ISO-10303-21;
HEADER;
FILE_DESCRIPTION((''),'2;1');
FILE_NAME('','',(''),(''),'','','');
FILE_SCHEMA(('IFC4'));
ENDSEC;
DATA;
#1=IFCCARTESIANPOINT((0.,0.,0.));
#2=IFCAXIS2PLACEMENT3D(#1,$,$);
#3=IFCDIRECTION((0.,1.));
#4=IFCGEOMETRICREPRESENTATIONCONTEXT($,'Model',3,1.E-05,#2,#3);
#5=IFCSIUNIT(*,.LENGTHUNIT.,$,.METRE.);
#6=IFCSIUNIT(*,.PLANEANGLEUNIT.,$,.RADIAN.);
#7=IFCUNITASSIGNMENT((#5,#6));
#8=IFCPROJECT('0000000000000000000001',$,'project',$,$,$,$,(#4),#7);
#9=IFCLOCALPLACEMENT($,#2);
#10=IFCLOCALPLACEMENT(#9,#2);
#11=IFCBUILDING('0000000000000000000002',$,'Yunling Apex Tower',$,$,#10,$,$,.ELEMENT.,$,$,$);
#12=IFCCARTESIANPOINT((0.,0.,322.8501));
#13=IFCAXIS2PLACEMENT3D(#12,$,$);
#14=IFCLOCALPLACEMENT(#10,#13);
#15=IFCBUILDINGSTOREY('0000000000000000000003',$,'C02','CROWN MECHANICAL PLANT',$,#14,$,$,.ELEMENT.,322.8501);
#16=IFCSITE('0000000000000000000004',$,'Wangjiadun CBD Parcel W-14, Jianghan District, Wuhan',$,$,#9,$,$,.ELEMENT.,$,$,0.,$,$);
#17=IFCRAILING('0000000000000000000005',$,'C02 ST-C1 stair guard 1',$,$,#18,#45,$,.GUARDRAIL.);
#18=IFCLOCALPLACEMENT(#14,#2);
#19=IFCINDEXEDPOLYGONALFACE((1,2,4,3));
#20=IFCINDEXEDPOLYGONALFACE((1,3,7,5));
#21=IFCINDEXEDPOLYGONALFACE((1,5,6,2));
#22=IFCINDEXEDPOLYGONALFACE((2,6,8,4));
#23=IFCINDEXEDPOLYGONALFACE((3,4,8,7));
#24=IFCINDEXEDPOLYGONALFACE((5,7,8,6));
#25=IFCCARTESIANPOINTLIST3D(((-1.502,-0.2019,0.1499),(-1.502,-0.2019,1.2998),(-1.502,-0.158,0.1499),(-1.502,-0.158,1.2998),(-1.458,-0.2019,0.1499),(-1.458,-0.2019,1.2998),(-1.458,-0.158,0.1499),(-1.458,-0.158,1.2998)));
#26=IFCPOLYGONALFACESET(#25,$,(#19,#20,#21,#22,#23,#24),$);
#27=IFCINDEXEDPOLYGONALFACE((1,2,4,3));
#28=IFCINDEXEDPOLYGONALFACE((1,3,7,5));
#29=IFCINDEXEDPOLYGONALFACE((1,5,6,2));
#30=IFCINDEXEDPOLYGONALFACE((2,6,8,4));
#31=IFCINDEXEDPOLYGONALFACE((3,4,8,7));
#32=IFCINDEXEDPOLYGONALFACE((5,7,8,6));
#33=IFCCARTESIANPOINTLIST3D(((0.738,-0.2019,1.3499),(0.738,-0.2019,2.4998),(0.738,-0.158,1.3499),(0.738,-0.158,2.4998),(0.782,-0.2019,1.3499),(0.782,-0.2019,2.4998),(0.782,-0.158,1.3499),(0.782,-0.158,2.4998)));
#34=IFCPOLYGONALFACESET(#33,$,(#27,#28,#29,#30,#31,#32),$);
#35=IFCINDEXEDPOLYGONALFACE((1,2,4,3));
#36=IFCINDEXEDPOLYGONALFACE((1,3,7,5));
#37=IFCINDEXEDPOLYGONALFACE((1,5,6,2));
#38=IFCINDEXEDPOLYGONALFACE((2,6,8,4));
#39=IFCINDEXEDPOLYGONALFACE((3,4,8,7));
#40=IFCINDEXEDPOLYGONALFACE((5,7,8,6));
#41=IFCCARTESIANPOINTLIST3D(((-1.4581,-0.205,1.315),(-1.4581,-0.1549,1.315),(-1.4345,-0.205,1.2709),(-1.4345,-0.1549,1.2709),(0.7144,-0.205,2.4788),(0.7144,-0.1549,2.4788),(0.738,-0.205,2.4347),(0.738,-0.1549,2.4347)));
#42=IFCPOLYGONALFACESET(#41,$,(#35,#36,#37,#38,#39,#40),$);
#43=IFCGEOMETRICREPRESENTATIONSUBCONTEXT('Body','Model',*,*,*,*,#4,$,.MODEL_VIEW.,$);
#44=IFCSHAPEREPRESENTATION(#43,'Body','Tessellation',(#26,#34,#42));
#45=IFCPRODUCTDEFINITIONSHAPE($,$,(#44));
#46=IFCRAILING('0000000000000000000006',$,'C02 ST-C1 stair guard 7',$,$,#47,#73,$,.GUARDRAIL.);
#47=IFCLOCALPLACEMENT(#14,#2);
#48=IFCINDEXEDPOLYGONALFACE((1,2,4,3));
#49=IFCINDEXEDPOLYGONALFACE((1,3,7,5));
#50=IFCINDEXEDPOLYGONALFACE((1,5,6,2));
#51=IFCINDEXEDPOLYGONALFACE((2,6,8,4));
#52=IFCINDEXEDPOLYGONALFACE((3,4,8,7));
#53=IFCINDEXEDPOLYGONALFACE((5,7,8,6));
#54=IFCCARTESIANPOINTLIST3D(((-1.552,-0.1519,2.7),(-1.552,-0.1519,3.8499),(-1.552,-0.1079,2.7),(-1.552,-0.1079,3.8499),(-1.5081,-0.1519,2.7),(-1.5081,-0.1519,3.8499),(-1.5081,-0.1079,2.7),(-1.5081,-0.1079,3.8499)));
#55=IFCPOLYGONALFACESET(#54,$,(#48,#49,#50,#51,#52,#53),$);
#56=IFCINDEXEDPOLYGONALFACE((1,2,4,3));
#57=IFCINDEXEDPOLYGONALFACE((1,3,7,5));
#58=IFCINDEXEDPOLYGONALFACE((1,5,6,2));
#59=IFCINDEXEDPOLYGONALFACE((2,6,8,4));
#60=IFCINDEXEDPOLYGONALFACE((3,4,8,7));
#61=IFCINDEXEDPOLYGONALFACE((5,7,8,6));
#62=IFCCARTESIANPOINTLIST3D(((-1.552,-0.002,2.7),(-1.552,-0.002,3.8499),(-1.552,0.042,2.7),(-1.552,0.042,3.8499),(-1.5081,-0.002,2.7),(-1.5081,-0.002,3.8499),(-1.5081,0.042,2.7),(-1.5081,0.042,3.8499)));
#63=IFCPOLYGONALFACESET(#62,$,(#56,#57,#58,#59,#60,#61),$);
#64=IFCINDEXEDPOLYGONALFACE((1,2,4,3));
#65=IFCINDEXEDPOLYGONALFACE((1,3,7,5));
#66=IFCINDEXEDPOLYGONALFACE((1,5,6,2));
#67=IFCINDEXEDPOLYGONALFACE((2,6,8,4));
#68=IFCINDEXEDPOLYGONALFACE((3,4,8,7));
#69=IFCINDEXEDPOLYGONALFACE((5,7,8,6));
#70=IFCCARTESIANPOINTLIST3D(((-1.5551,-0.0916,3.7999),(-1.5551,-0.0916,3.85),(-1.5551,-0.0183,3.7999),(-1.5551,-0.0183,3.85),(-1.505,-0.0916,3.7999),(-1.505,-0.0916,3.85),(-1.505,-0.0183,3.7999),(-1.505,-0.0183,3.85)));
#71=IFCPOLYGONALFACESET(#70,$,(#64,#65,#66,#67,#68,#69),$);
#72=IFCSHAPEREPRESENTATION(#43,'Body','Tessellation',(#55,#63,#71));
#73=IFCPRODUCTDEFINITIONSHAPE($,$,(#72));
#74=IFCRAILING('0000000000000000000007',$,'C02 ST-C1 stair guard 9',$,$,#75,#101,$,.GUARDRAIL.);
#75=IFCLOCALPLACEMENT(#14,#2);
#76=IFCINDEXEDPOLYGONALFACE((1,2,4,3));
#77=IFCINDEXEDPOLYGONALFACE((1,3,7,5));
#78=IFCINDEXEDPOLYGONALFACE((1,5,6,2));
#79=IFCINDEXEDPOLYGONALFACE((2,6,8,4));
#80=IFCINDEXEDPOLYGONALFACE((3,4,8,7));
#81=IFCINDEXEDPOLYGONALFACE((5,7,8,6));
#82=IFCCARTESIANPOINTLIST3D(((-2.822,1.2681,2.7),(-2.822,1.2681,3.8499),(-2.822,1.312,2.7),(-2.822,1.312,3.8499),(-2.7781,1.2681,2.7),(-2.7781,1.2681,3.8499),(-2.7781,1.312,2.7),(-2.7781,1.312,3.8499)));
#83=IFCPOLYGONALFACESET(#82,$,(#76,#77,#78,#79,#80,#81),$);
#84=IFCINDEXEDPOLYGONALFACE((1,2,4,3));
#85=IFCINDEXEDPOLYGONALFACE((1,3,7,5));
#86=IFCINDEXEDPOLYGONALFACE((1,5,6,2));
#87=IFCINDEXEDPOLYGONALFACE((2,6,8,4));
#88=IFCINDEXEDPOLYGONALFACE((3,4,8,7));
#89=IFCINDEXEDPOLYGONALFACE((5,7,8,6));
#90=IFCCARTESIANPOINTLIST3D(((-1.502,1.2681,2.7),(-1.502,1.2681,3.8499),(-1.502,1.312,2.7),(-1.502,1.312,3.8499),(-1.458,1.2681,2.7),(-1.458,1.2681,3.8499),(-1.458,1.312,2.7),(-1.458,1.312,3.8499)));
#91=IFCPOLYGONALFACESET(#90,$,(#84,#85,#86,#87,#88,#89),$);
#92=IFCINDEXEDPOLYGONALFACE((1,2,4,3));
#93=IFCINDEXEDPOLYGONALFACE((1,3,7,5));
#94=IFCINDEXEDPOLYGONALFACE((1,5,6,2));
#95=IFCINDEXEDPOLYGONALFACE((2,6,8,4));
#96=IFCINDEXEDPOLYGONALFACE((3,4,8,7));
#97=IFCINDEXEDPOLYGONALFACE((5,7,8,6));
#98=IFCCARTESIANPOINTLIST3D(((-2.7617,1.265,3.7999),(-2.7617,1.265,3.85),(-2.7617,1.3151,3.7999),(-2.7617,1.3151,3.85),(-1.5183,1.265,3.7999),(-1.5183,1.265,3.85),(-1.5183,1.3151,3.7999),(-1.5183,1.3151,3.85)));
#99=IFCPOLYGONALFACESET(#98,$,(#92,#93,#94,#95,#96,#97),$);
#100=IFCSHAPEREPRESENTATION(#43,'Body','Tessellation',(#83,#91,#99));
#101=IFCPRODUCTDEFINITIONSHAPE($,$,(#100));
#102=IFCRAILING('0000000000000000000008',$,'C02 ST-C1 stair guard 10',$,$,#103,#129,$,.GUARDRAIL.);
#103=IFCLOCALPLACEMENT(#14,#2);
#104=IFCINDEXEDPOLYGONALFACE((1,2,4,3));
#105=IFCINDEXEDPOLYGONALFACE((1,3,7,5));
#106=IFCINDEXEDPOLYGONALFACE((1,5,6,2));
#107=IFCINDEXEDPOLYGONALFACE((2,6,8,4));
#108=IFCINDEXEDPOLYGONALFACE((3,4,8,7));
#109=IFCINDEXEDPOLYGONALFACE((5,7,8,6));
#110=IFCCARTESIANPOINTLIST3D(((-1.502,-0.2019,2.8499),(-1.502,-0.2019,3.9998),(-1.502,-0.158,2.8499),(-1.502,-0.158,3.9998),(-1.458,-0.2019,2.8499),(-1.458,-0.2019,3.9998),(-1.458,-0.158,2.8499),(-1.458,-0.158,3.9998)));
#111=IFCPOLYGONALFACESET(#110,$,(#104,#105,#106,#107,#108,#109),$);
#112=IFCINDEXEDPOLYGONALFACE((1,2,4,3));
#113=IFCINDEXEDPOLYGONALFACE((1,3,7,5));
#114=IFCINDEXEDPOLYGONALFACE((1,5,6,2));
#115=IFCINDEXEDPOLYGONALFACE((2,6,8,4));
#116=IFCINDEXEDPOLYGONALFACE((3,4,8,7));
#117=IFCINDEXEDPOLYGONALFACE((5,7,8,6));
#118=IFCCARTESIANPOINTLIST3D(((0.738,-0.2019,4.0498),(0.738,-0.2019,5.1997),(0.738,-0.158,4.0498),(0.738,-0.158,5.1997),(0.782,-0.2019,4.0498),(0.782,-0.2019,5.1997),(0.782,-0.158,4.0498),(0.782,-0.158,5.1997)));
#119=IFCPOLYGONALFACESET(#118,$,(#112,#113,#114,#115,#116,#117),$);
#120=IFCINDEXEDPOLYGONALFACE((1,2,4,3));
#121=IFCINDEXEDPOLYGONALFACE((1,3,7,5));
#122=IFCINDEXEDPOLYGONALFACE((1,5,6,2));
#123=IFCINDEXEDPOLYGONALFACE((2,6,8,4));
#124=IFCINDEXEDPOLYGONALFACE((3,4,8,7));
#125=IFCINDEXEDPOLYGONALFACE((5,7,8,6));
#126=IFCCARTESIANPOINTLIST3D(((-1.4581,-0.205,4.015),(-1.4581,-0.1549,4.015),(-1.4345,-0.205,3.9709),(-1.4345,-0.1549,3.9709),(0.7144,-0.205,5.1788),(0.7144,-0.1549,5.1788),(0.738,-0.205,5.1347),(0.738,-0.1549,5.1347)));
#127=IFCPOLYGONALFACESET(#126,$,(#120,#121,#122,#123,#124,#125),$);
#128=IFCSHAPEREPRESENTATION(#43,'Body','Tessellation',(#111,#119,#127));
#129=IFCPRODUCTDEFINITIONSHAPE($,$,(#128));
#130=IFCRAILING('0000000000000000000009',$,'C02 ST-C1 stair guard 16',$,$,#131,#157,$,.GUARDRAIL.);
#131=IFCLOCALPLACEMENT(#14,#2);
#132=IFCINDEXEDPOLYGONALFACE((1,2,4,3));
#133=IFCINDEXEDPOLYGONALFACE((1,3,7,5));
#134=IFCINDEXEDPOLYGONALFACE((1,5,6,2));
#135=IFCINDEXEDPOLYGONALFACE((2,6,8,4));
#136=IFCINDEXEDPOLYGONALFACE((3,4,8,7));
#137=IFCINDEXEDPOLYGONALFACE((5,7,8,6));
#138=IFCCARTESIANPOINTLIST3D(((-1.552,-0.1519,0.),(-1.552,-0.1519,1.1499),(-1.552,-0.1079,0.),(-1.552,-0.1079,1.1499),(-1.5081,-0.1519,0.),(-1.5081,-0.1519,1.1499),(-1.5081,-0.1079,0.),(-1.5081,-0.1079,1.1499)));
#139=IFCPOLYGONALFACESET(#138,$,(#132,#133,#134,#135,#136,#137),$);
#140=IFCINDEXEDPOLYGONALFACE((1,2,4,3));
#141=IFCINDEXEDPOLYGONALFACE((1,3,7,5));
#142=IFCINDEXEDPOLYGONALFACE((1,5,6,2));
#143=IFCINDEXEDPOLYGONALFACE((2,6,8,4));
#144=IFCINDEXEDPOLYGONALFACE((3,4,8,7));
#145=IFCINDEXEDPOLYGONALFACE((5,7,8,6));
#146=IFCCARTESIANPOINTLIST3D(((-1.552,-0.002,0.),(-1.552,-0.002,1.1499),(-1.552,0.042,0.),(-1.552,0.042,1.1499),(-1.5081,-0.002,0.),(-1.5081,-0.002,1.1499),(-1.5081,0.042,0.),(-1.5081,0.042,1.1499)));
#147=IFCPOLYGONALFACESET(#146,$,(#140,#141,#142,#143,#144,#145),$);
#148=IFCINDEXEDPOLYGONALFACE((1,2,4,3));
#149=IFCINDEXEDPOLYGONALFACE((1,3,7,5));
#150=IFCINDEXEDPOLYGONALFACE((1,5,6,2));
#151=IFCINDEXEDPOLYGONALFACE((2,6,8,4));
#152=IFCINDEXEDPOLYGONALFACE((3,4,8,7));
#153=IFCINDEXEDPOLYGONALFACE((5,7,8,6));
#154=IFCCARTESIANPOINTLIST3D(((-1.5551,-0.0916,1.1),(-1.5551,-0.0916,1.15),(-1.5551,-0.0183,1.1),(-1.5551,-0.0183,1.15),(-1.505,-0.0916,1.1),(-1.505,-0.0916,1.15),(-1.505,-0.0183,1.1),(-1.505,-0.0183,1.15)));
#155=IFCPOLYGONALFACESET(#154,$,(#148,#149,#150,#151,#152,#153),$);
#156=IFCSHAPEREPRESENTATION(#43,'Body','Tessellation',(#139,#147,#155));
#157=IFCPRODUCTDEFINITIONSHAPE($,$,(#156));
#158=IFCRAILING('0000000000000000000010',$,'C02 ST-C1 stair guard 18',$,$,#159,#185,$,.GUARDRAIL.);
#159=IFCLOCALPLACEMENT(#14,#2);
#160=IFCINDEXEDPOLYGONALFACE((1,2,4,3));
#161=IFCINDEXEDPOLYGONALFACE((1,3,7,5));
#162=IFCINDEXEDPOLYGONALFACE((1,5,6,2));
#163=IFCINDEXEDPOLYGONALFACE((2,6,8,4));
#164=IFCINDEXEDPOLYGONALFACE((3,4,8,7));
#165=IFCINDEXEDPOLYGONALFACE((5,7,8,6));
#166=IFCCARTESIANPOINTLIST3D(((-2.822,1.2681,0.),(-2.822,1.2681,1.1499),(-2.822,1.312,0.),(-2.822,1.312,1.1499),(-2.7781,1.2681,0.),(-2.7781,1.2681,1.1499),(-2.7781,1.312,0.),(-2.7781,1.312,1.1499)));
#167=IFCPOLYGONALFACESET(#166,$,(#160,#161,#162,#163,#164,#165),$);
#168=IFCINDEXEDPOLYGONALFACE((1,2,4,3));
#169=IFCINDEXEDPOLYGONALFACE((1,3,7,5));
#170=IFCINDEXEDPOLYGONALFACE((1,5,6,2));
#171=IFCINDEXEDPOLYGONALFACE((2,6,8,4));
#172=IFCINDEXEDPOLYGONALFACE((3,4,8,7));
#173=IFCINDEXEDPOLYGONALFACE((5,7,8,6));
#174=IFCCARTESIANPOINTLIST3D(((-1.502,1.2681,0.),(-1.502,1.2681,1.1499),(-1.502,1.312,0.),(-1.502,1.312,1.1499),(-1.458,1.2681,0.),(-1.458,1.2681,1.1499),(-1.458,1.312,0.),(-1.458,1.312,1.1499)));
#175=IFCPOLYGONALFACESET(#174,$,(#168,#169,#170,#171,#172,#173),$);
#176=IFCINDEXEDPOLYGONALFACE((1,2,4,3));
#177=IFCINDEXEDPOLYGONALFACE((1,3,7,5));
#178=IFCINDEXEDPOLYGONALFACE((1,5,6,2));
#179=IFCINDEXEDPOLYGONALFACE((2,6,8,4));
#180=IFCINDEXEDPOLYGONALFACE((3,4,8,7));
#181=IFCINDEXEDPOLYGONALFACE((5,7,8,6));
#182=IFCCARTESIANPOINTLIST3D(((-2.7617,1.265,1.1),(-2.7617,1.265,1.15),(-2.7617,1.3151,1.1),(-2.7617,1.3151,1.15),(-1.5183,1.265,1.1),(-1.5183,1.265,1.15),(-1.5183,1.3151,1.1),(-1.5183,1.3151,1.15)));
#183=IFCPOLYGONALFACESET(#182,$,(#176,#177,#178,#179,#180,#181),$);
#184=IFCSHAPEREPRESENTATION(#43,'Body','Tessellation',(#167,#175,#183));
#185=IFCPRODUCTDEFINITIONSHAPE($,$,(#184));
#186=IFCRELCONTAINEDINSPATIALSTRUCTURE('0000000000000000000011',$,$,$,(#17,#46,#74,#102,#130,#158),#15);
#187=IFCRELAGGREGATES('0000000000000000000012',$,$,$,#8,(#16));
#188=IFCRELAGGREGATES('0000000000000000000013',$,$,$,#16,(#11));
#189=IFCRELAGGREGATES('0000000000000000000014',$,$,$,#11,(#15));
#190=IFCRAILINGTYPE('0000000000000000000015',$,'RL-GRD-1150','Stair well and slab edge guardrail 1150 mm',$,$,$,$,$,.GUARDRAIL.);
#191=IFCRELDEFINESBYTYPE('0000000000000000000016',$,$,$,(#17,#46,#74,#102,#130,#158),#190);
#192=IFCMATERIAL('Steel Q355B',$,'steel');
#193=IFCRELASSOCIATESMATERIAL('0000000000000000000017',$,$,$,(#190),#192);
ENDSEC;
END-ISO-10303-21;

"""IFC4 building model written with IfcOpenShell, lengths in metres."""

from ifc_helpers import new_model, si_unit, direction, frame, origin, origin_2d, place, context, subcontext, project, spatial, rectangle, extrude, material, type_object, element, save


model = new_model("IFC4")

# Units and contexts
model_context = context("Model", 3, precision=1e-05, world=origin(), true_north=direction((0.0, 1.0)))
body_context = subcontext(model_context, "Body", "Model", "MODEL_VIEW")
ifc_project = project(units=[si_unit("LENGTHUNIT", "METRE"), si_unit("PLANEANGLEUNIT", "RADIAN")], contexts=[model_context])

# Site, building, storey
site_placement = place(None, origin())
site = spatial("IfcSite", under=ifc_project, at=site_placement, Name="Wangjiadun CBD Parcel W-14, Jianghan District, Wuhan", CompositionType="ELEMENT", RefElevation=0.0)
building_placement = place(site_placement, origin())
building = spatial("IfcBuilding", under=site, at=building_placement, Name="Yunling Apex Tower", CompositionType="ELEMENT")
storey_placement = place(building_placement, frame((0.0, 0.0, 322.8501)))
storey = spatial("IfcBuildingStorey", under=building, at=storey_placement, Name="C02", Description="CROWN MECHANICAL PLANT", CompositionType="ELEMENT", Elevation=322.8501)

# Shared definitions
ifc_material_1 = material(Name="Steel Q355B", Category="steel")

# Railings
railing_type = type_object("IfcRailingType", Name="RL-GRD-1150", Description="Stair well and slab edge guardrail 1150 mm", PredefinedType="GUARDRAIL", material=ifc_material_1)
railing_1_placement = place(storey_placement, frame((-1.48, -0.1799, 0.1499)))
element("IfcRailing", 1, at=railing_1_placement, inside=storey, type_object=railing_type, Name="C02 ST-C1 stair guard 1", PredefinedType="GUARDRAIL", context=body_context, shape_type="SweptSolid", body=[
    extrude(rectangle(XDim=0.0439, YDim=0.0439, at=origin_2d()), origin(), (0.0, 0.0, 1.0), 1.1499),
    extrude(rectangle(XDim=0.0439, YDim=0.0439, at=origin_2d()), frame((2.24, 0.0, 1.2)), (0.0, 0.0, 1.0), 1.1499),
    extrude(rectangle(XDim=0.05, YDim=0.05, at=origin_2d()), frame((0.0337, 0.0, 1.1431), z_axis=(0.881487, 0.0, 0.472208), x_axis=(0.0, 1.0, 0.0)), (0.0, 0.0, 1.0), 2.4646),
])
railing_2_placement = place(storey_placement, frame((-1.53, -0.1299, 2.7)))
element("IfcRailing", 2, at=railing_2_placement, inside=storey, type_object=railing_type, Name="C02 ST-C1 stair guard 7", PredefinedType="GUARDRAIL", context=body_context, shape_type="SweptSolid", body=[
    extrude(rectangle(XDim=0.0439, YDim=0.0439, at=origin_2d()), origin(), (0.0, 0.0, 1.0), 1.1499),
    extrude(rectangle(XDim=0.0439, YDim=0.0439, at=origin_2d()), frame((0.0, 0.1499, 0.0)), (0.0, 0.0, 1.0), 1.1499),
    extrude(rectangle(XDim=0.05, YDim=0.05, at=origin_2d()), frame((0.0, 0.0383, 1.125), z_axis=(0.0, 1.0, 0.0), x_axis=(-1.0, 0.0, 0.0)), (0.0, 0.0, 1.0), 0.0732),
])
railing_3_placement = place(storey_placement, frame((-2.8, 1.29, 2.7)))
element("IfcRailing", 3, at=railing_3_placement, inside=storey, type_object=railing_type, Name="C02 ST-C1 stair guard 9", PredefinedType="GUARDRAIL", context=body_context, shape_type="SweptSolid", body=[
    extrude(rectangle(XDim=0.0439, YDim=0.0439, at=origin_2d()), origin(), (0.0, 0.0, 1.0), 1.1499),
    extrude(rectangle(XDim=0.0439, YDim=0.0439, at=origin_2d()), frame((1.3201, 0.0, 0.0)), (0.0, 0.0, 1.0), 1.1499),
    extrude(rectangle(XDim=0.05, YDim=0.05, at=origin_2d()), frame((0.0383, 0.0, 1.125), z_axis=(1.0, 0.0, 0.0), x_axis=(0.0, 1.0, 0.0)), (0.0, 0.0, 1.0), 1.2434),
])
railing_4_placement = place(storey_placement, frame((-1.48, -0.1799, 2.8499)))
element("IfcRailing", 4, at=railing_4_placement, inside=storey, type_object=railing_type, Name="C02 ST-C1 stair guard 10", PredefinedType="GUARDRAIL", context=body_context, shape_type="SweptSolid", body=[
    extrude(rectangle(XDim=0.0439, YDim=0.0439, at=origin_2d()), origin(), (0.0, 0.0, 1.0), 1.1499),
    extrude(rectangle(XDim=0.0439, YDim=0.0439, at=origin_2d()), frame((2.24, 0.0, 1.2)), (0.0, 0.0, 1.0), 1.1499),
    extrude(rectangle(XDim=0.05, YDim=0.05, at=origin_2d()), frame((0.0337, 0.0, 1.1431), z_axis=(0.881487, 0.0, 0.472208), x_axis=(0.0, 1.0, 0.0)), (0.0, 0.0, 1.0), 2.4646),
])
railing_5_placement = place(storey_placement, frame((-1.53, -0.1299, 0.0)))
element("IfcRailing", 5, at=railing_5_placement, inside=storey, type_object=railing_type, Name="C02 ST-C1 stair guard 16", PredefinedType="GUARDRAIL", context=body_context, shape_type="SweptSolid", body=[
    extrude(rectangle(XDim=0.0439, YDim=0.0439, at=origin_2d()), origin(), (0.0, 0.0, 1.0), 1.1499),
    extrude(rectangle(XDim=0.0439, YDim=0.0439, at=origin_2d()), frame((0.0, 0.1499, 0.0)), (0.0, 0.0, 1.0), 1.1499),
    extrude(rectangle(XDim=0.05, YDim=0.05, at=origin_2d()), frame((0.0, 0.0383, 1.125), z_axis=(0.0, 1.0, 0.0), x_axis=(-1.0, 0.0, 0.0)), (0.0, 0.0, 1.0), 0.0732),
])
railing_6_placement = place(storey_placement, frame((-2.8, 1.29, 0.0)))
element("IfcRailing", 6, at=railing_6_placement, inside=storey, type_object=railing_type, Name="C02 ST-C1 stair guard 18", PredefinedType="GUARDRAIL", context=body_context, shape_type="SweptSolid", body=[
    extrude(rectangle(XDim=0.0439, YDim=0.0439, at=origin_2d()), origin(), (0.0, 0.0, 1.0), 1.1499),
    extrude(rectangle(XDim=0.0439, YDim=0.0439, at=origin_2d()), frame((1.3201, 0.0, 0.0)), (0.0, 0.0, 1.0), 1.1499),
    extrude(rectangle(XDim=0.05, YDim=0.05, at=origin_2d()), frame((0.0383, 0.0, 1.125), z_axis=(1.0, 0.0, 0.0), x_axis=(0.0, 1.0, 0.0)), (0.0, 0.0, 1.0), 1.2434),
])

save(model, "model.ifc")
